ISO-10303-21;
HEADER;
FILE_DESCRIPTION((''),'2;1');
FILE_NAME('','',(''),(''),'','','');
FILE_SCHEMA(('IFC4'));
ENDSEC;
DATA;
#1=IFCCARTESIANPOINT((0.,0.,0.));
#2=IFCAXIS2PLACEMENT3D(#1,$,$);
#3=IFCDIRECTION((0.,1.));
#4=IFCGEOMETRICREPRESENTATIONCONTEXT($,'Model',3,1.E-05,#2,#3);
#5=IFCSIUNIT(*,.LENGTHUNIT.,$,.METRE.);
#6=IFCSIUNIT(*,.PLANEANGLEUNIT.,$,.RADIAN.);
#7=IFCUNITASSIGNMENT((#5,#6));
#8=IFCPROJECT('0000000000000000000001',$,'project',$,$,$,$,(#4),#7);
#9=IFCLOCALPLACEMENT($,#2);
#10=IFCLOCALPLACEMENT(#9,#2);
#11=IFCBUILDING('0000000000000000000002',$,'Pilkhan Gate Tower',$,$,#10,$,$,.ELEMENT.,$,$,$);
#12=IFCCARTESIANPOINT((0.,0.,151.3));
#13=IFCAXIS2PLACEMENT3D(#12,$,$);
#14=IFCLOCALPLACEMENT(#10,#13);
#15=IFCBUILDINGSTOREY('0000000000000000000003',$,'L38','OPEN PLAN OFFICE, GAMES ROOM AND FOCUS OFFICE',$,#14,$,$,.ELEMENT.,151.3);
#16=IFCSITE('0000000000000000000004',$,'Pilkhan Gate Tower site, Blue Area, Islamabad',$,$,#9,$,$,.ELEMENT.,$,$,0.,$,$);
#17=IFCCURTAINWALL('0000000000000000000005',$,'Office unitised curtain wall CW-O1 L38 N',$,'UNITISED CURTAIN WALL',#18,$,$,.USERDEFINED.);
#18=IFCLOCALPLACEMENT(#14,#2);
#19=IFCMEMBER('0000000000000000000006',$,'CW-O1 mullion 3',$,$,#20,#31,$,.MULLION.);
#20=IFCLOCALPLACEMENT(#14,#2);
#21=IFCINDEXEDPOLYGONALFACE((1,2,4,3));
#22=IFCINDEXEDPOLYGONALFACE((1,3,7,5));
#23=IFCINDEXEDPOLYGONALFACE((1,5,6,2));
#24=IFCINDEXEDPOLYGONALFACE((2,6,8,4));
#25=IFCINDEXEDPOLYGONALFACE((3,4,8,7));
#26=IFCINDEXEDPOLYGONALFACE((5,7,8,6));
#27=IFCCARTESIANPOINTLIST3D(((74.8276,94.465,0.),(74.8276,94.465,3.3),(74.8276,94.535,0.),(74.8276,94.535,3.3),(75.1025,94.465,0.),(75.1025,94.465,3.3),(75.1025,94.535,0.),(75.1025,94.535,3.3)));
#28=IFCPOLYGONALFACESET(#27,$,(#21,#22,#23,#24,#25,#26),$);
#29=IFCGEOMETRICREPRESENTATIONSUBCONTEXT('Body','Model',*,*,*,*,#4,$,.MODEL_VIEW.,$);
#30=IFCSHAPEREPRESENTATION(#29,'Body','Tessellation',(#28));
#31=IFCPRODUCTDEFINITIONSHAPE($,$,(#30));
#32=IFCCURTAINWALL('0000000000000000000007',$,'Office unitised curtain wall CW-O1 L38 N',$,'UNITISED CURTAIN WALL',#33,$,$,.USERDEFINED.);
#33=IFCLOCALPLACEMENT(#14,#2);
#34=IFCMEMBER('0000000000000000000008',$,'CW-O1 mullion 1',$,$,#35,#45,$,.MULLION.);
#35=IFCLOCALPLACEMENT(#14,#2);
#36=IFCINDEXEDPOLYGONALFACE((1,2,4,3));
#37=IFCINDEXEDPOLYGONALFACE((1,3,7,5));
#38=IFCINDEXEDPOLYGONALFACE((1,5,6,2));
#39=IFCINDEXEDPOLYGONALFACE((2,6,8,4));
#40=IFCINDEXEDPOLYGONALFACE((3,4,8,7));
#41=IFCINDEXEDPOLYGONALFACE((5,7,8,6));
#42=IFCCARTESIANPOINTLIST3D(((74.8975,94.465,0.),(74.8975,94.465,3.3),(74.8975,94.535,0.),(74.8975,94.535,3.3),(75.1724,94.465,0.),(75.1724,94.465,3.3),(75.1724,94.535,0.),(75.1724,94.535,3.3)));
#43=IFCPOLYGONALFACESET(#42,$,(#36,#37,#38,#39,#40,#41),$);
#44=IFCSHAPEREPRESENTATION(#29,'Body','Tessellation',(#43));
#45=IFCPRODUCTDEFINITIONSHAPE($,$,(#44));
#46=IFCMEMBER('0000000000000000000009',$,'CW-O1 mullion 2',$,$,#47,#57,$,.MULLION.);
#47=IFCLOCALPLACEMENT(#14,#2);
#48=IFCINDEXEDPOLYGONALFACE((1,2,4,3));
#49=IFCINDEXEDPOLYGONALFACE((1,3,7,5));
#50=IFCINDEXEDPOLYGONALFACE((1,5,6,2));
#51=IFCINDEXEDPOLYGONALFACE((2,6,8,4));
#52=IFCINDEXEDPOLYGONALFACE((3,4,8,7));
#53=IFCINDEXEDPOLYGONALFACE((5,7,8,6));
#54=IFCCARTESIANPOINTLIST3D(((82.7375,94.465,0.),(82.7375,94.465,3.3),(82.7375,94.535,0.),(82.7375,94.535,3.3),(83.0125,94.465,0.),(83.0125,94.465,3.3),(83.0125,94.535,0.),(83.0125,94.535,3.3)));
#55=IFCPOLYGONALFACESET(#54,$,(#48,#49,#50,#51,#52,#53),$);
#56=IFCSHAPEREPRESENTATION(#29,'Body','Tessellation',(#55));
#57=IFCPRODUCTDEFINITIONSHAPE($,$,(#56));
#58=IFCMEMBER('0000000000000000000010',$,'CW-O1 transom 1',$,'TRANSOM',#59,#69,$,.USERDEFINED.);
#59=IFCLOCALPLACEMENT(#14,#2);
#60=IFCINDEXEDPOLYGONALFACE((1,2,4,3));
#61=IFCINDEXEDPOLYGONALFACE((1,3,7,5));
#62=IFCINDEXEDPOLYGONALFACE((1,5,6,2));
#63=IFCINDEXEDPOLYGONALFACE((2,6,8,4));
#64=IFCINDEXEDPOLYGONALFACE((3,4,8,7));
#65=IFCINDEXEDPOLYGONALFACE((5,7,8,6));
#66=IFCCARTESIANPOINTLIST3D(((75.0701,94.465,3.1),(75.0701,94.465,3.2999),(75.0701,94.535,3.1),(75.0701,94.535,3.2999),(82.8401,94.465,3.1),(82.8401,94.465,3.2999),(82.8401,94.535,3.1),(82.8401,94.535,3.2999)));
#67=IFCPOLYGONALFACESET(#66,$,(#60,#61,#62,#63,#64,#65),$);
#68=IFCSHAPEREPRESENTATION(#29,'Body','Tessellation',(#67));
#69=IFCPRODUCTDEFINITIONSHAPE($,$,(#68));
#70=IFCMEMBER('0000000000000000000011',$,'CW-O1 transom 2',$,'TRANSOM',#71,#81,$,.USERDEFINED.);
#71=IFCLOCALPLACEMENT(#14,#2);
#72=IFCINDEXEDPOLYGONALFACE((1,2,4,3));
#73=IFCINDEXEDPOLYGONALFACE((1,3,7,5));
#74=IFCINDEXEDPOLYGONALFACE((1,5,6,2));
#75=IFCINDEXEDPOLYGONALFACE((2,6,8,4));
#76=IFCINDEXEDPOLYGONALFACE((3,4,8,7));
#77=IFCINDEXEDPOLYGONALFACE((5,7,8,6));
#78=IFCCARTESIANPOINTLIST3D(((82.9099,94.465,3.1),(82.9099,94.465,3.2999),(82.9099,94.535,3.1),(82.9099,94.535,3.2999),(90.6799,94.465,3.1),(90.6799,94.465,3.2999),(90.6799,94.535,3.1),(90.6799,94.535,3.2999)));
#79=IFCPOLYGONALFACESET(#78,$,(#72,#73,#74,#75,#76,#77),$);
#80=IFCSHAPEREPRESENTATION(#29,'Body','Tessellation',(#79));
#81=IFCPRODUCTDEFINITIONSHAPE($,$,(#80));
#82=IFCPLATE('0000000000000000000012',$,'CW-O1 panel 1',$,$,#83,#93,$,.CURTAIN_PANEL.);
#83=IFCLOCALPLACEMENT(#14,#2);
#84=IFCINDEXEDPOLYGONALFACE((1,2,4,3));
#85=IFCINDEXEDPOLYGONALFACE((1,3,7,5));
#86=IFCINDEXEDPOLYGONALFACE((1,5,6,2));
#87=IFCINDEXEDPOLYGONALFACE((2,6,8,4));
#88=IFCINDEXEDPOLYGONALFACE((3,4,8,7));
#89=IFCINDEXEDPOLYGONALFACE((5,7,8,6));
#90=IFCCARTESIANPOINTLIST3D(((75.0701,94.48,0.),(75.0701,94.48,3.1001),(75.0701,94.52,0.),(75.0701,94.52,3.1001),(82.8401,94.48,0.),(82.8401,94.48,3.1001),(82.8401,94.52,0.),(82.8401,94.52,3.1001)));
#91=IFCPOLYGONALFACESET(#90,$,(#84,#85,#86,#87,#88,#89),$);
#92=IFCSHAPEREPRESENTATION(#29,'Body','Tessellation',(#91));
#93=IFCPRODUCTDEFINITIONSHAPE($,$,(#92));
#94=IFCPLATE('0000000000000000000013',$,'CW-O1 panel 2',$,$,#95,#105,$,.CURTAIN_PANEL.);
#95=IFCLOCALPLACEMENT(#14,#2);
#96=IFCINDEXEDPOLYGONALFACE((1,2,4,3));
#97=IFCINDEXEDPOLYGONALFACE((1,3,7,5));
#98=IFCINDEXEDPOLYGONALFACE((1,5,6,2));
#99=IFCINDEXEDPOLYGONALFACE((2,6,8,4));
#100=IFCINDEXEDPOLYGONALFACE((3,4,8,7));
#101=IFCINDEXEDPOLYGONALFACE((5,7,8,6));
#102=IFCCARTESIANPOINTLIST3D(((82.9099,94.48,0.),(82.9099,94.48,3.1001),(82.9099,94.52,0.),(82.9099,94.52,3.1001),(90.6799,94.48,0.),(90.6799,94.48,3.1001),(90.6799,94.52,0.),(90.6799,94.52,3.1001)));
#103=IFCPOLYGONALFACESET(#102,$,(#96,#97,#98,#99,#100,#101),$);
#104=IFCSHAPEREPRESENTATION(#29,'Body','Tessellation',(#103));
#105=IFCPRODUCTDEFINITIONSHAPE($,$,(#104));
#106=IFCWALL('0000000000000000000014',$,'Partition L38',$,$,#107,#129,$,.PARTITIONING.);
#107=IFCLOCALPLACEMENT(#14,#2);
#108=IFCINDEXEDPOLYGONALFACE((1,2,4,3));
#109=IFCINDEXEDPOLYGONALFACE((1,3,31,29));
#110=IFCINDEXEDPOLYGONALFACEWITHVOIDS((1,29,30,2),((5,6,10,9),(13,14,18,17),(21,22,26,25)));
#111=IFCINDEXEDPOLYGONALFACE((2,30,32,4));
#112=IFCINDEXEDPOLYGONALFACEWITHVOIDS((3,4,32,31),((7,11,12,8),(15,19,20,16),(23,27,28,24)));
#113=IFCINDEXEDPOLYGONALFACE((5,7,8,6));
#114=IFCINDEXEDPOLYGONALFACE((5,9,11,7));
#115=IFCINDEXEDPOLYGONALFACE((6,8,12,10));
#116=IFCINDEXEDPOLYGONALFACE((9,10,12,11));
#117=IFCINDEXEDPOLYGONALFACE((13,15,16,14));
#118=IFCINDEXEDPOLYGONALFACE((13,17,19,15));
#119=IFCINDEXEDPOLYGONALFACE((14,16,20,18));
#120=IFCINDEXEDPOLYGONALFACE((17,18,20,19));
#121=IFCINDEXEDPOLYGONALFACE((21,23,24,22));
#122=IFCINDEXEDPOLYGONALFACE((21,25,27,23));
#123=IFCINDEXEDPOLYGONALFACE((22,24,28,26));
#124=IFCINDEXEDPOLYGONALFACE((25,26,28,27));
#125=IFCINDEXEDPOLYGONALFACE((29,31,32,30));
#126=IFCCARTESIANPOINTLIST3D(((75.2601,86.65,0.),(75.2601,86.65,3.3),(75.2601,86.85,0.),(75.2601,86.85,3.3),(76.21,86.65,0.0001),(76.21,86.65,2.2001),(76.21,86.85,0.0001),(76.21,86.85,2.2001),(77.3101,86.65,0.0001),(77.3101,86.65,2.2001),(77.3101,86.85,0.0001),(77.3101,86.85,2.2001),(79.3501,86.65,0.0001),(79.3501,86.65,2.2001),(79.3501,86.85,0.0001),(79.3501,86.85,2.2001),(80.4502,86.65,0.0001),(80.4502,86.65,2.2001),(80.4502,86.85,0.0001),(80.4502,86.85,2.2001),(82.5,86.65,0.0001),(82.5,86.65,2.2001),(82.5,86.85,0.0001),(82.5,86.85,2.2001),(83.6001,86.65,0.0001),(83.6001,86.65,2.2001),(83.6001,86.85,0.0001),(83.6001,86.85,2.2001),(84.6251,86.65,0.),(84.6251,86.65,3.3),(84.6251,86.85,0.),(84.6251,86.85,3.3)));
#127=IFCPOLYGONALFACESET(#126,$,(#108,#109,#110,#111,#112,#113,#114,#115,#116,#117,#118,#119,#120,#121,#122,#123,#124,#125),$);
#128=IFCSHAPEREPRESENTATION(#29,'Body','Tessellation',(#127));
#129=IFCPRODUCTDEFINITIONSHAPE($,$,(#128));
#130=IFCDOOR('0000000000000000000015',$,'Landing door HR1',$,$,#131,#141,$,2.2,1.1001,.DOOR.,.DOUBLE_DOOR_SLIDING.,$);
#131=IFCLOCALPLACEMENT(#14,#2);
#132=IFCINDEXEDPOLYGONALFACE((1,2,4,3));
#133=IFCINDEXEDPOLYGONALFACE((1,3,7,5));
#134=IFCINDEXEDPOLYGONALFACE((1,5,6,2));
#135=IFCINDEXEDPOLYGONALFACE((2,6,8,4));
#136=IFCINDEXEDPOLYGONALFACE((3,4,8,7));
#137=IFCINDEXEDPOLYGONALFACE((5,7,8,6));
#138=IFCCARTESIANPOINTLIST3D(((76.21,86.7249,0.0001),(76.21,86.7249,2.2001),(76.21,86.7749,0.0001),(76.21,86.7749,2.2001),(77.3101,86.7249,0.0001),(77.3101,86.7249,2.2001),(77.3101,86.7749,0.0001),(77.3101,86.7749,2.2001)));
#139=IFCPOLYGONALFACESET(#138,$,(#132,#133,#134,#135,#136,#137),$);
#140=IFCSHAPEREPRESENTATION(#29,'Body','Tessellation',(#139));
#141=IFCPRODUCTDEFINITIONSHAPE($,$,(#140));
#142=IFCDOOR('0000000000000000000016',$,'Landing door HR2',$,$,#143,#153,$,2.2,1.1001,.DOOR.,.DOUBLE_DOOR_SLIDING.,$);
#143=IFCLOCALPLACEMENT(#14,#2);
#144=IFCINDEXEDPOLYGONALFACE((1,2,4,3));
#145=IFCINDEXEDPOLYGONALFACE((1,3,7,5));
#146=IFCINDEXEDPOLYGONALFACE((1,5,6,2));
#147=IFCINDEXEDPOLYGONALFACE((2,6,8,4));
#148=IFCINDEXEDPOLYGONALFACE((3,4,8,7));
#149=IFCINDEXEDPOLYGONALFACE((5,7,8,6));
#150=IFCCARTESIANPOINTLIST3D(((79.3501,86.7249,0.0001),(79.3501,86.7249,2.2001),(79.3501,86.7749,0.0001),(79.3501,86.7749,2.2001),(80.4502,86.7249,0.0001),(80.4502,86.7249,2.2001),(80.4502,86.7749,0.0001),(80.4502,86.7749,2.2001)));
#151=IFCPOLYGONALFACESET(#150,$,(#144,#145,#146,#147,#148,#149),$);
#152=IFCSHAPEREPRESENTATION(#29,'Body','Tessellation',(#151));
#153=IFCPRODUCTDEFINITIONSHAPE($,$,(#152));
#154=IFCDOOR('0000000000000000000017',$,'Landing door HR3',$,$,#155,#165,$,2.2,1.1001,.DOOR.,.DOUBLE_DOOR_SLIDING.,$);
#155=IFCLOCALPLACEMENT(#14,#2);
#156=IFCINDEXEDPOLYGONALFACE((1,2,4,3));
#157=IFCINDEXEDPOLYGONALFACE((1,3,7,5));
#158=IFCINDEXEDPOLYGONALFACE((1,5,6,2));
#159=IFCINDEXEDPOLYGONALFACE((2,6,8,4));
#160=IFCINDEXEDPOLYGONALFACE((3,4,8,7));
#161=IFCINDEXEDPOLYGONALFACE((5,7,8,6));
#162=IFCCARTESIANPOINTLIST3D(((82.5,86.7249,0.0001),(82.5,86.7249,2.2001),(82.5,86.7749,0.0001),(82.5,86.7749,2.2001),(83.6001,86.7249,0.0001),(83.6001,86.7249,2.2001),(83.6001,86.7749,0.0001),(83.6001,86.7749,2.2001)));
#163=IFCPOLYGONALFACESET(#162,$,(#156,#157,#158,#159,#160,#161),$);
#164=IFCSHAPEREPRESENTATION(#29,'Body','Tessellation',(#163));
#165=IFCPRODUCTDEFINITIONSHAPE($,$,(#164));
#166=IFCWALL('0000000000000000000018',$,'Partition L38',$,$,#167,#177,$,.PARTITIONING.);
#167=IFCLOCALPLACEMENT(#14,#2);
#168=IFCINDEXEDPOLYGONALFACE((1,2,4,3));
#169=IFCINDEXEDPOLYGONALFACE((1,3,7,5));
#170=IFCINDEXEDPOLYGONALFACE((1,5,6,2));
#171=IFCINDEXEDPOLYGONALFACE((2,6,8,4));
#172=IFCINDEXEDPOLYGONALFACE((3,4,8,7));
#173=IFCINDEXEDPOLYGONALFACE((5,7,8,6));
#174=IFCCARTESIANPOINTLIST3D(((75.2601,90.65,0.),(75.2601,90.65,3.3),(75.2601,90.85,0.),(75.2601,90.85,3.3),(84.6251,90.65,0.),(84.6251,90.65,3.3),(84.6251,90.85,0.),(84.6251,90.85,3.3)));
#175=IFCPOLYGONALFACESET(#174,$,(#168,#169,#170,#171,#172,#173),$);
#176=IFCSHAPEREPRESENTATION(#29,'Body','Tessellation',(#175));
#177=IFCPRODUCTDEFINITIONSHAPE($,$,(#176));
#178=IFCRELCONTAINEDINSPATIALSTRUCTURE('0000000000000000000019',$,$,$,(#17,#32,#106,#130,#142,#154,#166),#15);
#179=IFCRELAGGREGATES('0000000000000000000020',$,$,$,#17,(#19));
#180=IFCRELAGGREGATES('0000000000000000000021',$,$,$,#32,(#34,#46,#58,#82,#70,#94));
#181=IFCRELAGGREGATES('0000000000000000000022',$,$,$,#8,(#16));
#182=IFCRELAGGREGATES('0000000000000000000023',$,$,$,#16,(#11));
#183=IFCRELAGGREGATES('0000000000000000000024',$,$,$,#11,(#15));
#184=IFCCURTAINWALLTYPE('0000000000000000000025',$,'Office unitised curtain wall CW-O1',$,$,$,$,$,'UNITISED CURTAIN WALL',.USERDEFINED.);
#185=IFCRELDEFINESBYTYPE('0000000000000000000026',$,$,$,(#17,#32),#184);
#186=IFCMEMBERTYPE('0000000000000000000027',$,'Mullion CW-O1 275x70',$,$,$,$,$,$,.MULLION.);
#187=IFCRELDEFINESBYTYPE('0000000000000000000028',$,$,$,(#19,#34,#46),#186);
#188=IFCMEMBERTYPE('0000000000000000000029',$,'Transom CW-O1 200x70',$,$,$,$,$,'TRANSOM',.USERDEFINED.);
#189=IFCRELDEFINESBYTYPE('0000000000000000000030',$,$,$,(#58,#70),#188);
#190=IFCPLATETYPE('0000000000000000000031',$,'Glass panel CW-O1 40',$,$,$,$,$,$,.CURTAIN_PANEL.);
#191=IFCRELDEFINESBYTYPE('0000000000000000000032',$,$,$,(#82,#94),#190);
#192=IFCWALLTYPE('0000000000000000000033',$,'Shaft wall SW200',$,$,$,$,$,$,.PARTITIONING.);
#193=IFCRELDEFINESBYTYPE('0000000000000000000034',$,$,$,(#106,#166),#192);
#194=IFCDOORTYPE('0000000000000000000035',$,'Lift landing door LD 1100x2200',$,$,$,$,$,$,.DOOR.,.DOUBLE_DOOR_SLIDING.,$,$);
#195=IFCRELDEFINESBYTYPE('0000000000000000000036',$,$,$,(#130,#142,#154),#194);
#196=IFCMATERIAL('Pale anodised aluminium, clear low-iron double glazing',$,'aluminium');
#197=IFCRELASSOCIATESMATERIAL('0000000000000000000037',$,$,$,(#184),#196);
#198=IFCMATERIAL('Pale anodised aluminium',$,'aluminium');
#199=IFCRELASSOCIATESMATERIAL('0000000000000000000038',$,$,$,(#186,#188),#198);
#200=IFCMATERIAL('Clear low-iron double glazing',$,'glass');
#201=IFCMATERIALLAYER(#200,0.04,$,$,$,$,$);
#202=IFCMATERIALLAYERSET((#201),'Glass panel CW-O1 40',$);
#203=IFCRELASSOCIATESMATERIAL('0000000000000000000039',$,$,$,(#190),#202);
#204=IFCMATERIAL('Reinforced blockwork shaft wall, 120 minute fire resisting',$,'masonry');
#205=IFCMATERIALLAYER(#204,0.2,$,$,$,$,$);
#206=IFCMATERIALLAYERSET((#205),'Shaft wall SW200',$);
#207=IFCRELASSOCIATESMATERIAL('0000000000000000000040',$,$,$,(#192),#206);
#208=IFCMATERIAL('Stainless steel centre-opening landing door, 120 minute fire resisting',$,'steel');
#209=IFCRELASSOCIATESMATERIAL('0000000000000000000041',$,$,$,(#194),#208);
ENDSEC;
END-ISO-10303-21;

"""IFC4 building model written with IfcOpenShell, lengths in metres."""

from ifc_helpers import new_model, si_unit, direction, frame, frame_2d, origin, origin_2d, place, context, subcontext, project, spatial, rectangle, extrude, material, layer, layer_set, material_profile, profile_set, type_object, element, fill, aggregate, save


model = new_model("IFC4")

# Units and contexts
model_context = context("Model", 3, precision=1e-05, world=origin(), true_north=direction((0.0, 1.0)))
body_context = subcontext(model_context, "Body", "Model", "MODEL_VIEW")
ifc_project = project(units=[si_unit("LENGTHUNIT", "METRE"), si_unit("PLANEANGLEUNIT", "RADIAN")], contexts=[model_context])

# Site, building, storey
site_placement = place(None, origin())
site = spatial("IfcSite", under=ifc_project, at=site_placement, Name="Pilkhan Gate Tower site, Blue Area, Islamabad", CompositionType="ELEMENT", RefElevation=0.0)
building_placement = place(site_placement, origin())
building = spatial("IfcBuilding", under=site, at=building_placement, Name="Pilkhan Gate Tower", CompositionType="ELEMENT")
storey_placement = place(building_placement, frame((0.0, 0.0, 151.3)))
storey = spatial("IfcBuildingStorey", under=building, at=storey_placement, Name="L38", Description="OPEN PLAN OFFICE, GAMES ROOM AND FOCUS OFFICE", CompositionType="ELEMENT", Elevation=151.3)

# Curtain wall, member
ifc_material_1 = material(Name="Pale anodised aluminium, clear low-iron double glazing", Category="aluminium")
curtain_wall_type = type_object("IfcCurtainWallType", Name="Office unitised curtain wall CW-O1", ElementType="UNITISED CURTAIN WALL", PredefinedType="USERDEFINED", material=ifc_material_1)
curtain_wall_1_placement = place(storey_placement, origin())
curtain_wall_1 = element("IfcCurtainWall", 1, at=curtain_wall_1_placement, inside=storey, type_object=curtain_wall_type, Name="Office unitised curtain wall CW-O1 L38 N", ObjectType="UNITISED CURTAIN WALL", PredefinedType="USERDEFINED")
ifc_material_2 = material(Name="Pale anodised aluminium", Category="aluminium")
ifc_material_profile_1 = material_profile(ifc_material_2, rectangle(XDim=0.0701, YDim=0.2749, at=origin_2d()), Name="Mullion 275x70")
ifc_profile_set_1 = profile_set([ifc_material_profile_1], Name="Pale anodised aluminium")
member_type_1 = type_object("IfcMemberType", Name="Mullion CW-O1 275x70", PredefinedType="MULLION", material=ifc_profile_set_1)
member_1_placement = place(storey_placement, frame((74.9651, 94.5, 0.0), z_axis=(0.0, 0.0, 1.0), x_axis=(0.0, 1.0, 0.0)))
member_1 = element("IfcMember", 2, at=member_1_placement, type_object=member_type_1, Name="CW-O1 mullion 3", PredefinedType="MULLION", context=body_context, shape_type="SweptSolid", body=[
    extrude(rectangle(XDim=0.0701, YDim=0.2749, at=origin_2d()), origin(), (0.0, 0.0, 1.0), 3.3),
])
aggregate(curtain_wall_1, [member_1])

# Curtain wall, members, plates
curtain_wall_2_placement = place(storey_placement, origin())
curtain_wall_2 = element("IfcCurtainWall", 3, at=curtain_wall_2_placement, inside=storey, type_object=curtain_wall_type, Name="Office unitised curtain wall CW-O1 L38 N", ObjectType="UNITISED CURTAIN WALL", PredefinedType="USERDEFINED")
member_2_placement = place(storey_placement, frame((75.0349, 94.5, 0.0), z_axis=(0.0, 0.0, 1.0), x_axis=(0.0, 1.0, 0.0)))
member_2 = element("IfcMember", 4, at=member_2_placement, type_object=member_type_1, Name="CW-O1 mullion 1", PredefinedType="MULLION", context=body_context, shape_type="SweptSolid", body=[
    extrude(rectangle(XDim=0.0701, YDim=0.2749, at=origin_2d()), origin(), (0.0, 0.0, 1.0), 3.3),
])
member_3_placement = place(storey_placement, frame((82.875, 94.5, 0.0), z_axis=(0.0, 0.0, 1.0), x_axis=(0.0, 1.0, 0.0)))
member_3 = element("IfcMember", 5, at=member_3_placement, type_object=member_type_1, Name="CW-O1 mullion 2", PredefinedType="MULLION", context=body_context, shape_type="SweptSolid", body=[
    extrude(rectangle(XDim=0.0701, YDim=0.2749, at=origin_2d()), origin(), (0.0, 0.0, 1.0), 3.3),
])
ifc_material_profile_2 = material_profile(ifc_material_2, rectangle(XDim=0.0701, YDim=0.2, at=origin_2d()), Name="Transom 200x70")
ifc_profile_set_2 = profile_set([ifc_material_profile_2], Name="Pale anodised aluminium")
member_type_2 = type_object("IfcMemberType", Name="Transom CW-O1 200x70", ElementType="TRANSOM", PredefinedType="USERDEFINED", material=ifc_profile_set_2)
member_4_placement = place(storey_placement, frame((75.0701, 94.5, 3.2), z_axis=(1.0, 0.0, 0.0), x_axis=(0.0, 1.0, 0.0)))
member_4 = element("IfcMember", 6, at=member_4_placement, type_object=member_type_2, Name="CW-O1 transom 1", ObjectType="TRANSOM", PredefinedType="USERDEFINED", context=body_context, shape_type="SweptSolid", body=[
    extrude(rectangle(XDim=0.0701, YDim=0.2, at=origin_2d()), origin(), (0.0, 0.0, 1.0), 7.77),
])
member_5_placement = place(storey_placement, frame((82.9099, 94.5, 3.2), z_axis=(1.0, 0.0, 0.0), x_axis=(0.0, 1.0, 0.0)))
member_5 = element("IfcMember", 7, at=member_5_placement, type_object=member_type_2, Name="CW-O1 transom 2", ObjectType="TRANSOM", PredefinedType="USERDEFINED", context=body_context, shape_type="SweptSolid", body=[
    extrude(rectangle(XDim=0.0701, YDim=0.2, at=origin_2d()), origin(), (0.0, 0.0, 1.0), 7.77),
])
ifc_material_3 = material(Name="Clear low-iron double glazing", Category="glass")
ifc_layer_1 = layer(ifc_material_3, 0.04)
ifc_layer_set_1 = layer_set([ifc_layer_1], Name="Glass panel CW-O1 40")
plate_type = type_object("IfcPlateType", Name="Glass panel CW-O1 40", PredefinedType="CURTAIN_PANEL", material=ifc_layer_set_1)
plate_1_placement = place(storey_placement, frame((78.9551, 94.5, 0.0), z_axis=(0.0, 0.0, 1.0), x_axis=(1.0, 0.0, 0.0)))
plate_1 = element("IfcPlate", 8, at=plate_1_placement, type_object=plate_type, Name="CW-O1 panel 1", PredefinedType="CURTAIN_PANEL", context=body_context, shape_type="SweptSolid", body=[
    extrude(rectangle(XDim=7.77, YDim=0.04, at=origin_2d()), origin(), (0.0, 0.0, 1.0), 3.1001),
])
plate_2_placement = place(storey_placement, frame((86.7949, 94.5, 0.0), z_axis=(0.0, 0.0, 1.0), x_axis=(1.0, 0.0, 0.0)))
plate_2 = element("IfcPlate", 9, at=plate_2_placement, type_object=plate_type, Name="CW-O1 panel 2", PredefinedType="CURTAIN_PANEL", context=body_context, shape_type="SweptSolid", body=[
    extrude(rectangle(XDim=7.77, YDim=0.04, at=origin_2d()), origin(), (0.0, 0.0, 1.0), 3.1001),
])
aggregate(curtain_wall_2, [member_2, member_3, member_4, plate_1, member_5, plate_2])

# Wall, openings, doors
ifc_material_4 = material(Name="Reinforced blockwork shaft wall, 120 minute fire resisting", Category="masonry")
ifc_layer_2 = layer(ifc_material_4, 0.2)
ifc_layer_set_2 = layer_set([ifc_layer_2], Name="Shaft wall SW200")
wall_type_1 = type_object("IfcWallType", Name="Shaft wall SW200", PredefinedType="PARTITIONING", material=ifc_layer_set_2)
wall_1_placement = place(storey_placement, frame((75.26, 86.75, 0.0), z_axis=(0.0, 0.0, 1.0), x_axis=(1.0, 0.0, 0.0)))
wall_1 = element("IfcWall", 10, at=wall_1_placement, inside=storey, type_object=wall_type_1, Name="Partition L38", PredefinedType="PARTITIONING", context=body_context, shape_type="SweptSolid", body=[
    extrude(rectangle(XDim=9.365, YDim=0.2, at=frame_2d((4.6826, 0.0))), origin(), (0.0, 0.0, 1.0), 3.3),
])
opening_1_placement = place(wall_1_placement, frame((0.95, 0.0, 0.0)))
opening_1 = element("IfcOpeningElement", 11, at=opening_1_placement, cuts=wall_1, PredefinedType="OPENING", context=body_context, shape_type="SweptSolid", body=[
    extrude(rectangle(XDim=1.1001, YDim=2.2, at=frame_2d((0.55, 1.1001))), frame((0.0, 0.1099, 0.0), z_axis=(0.0, -1.0, 0.0), x_axis=(1.0, 0.0, 0.0)), (0.0, 0.0, 1.0), 0.22),
])
opening_2_placement = place(wall_1_placement, frame((4.0901, 0.0, 0.0)))
opening_2 = element("IfcOpeningElement", 12, at=opening_2_placement, cuts=wall_1, PredefinedType="OPENING", context=body_context, shape_type="SweptSolid", body=[
    extrude(rectangle(XDim=1.1001, YDim=2.2, at=frame_2d((0.55, 1.1001))), frame((0.0, 0.1099, 0.0), z_axis=(0.0, -1.0, 0.0), x_axis=(1.0, 0.0, 0.0)), (0.0, 0.0, 1.0), 0.22),
])
opening_3_placement = place(wall_1_placement, frame((7.24, 0.0, 0.0)))
opening_3 = element("IfcOpeningElement", 13, at=opening_3_placement, cuts=wall_1, PredefinedType="OPENING", context=body_context, shape_type="SweptSolid", body=[
    extrude(rectangle(XDim=1.1001, YDim=2.2, at=frame_2d((0.55, 1.1001))), frame((0.0, 0.1099, 0.0), z_axis=(0.0, -1.0, 0.0), x_axis=(1.0, 0.0, 0.0)), (0.0, 0.0, 1.0), 0.22),
])
ifc_material_5 = material(Name="Stainless steel centre-opening landing door, 120 minute fire resisting", Category="steel")
door_type = type_object("IfcDoorType", Name="Lift landing door LD 1100x2200", OperationType="DOUBLE_DOOR_SLIDING", PredefinedType="DOOR", material=ifc_material_5)
door_1_placement = place(opening_1_placement, origin())
door_1 = element("IfcDoor", 14, at=door_1_placement, inside=storey, type_object=door_type, Name="Landing door HR1", OperationType="DOUBLE_DOOR_SLIDING", OverallHeight=2.2, OverallWidth=1.1001, PredefinedType="DOOR", context=body_context, shape_type="SweptSolid", body=[
    extrude(rectangle(XDim=1.1001, YDim=2.2, at=frame_2d((0.55, 1.1001))), frame((0.0, 0.0249, 0.0), z_axis=(0.0, -1.0, 0.0), x_axis=(1.0, 0.0, 0.0)), (0.0, 0.0, 1.0), 0.05),
])
fill(opening_1, door_1)
door_2_placement = place(opening_2_placement, origin())
door_2 = element("IfcDoor", 15, at=door_2_placement, inside=storey, type_object=door_type, Name="Landing door HR2", OperationType="DOUBLE_DOOR_SLIDING", OverallHeight=2.2, OverallWidth=1.1001, PredefinedType="DOOR", context=body_context, shape_type="SweptSolid", body=[
    extrude(rectangle(XDim=1.1001, YDim=2.2, at=frame_2d((0.55, 1.1001))), frame((0.0, 0.0249, 0.0), z_axis=(0.0, -1.0, 0.0), x_axis=(1.0, 0.0, 0.0)), (0.0, 0.0, 1.0), 0.05),
])
fill(opening_2, door_2)
door_3_placement = place(opening_3_placement, origin())
door_3 = element("IfcDoor", 16, at=door_3_placement, inside=storey, type_object=door_type, Name="Landing door HR3", OperationType="DOUBLE_DOOR_SLIDING", OverallHeight=2.2, OverallWidth=1.1001, PredefinedType="DOOR", context=body_context, shape_type="SweptSolid", body=[
    extrude(rectangle(XDim=1.1001, YDim=2.2, at=frame_2d((0.55, 1.1001))), frame((0.0, 0.0249, 0.0), z_axis=(0.0, -1.0, 0.0), x_axis=(1.0, 0.0, 0.0)), (0.0, 0.0, 1.0), 0.05),
])
fill(opening_3, door_3)

# Wall
wall_2_placement = place(storey_placement, frame((75.26, 90.75, 0.0), z_axis=(0.0, 0.0, 1.0), x_axis=(1.0, 0.0, 0.0)))
element("IfcWall", 17, at=wall_2_placement, inside=storey, type_object=wall_type_1, Name="Partition L38", PredefinedType="PARTITIONING", context=body_context, shape_type="SweptSolid", body=[
    extrude(rectangle(XDim=9.365, YDim=0.2, at=frame_2d((4.6826, 0.0))), origin(), (0.0, 0.0, 1.0), 3.3),
])

save(model, "model.ifc")
